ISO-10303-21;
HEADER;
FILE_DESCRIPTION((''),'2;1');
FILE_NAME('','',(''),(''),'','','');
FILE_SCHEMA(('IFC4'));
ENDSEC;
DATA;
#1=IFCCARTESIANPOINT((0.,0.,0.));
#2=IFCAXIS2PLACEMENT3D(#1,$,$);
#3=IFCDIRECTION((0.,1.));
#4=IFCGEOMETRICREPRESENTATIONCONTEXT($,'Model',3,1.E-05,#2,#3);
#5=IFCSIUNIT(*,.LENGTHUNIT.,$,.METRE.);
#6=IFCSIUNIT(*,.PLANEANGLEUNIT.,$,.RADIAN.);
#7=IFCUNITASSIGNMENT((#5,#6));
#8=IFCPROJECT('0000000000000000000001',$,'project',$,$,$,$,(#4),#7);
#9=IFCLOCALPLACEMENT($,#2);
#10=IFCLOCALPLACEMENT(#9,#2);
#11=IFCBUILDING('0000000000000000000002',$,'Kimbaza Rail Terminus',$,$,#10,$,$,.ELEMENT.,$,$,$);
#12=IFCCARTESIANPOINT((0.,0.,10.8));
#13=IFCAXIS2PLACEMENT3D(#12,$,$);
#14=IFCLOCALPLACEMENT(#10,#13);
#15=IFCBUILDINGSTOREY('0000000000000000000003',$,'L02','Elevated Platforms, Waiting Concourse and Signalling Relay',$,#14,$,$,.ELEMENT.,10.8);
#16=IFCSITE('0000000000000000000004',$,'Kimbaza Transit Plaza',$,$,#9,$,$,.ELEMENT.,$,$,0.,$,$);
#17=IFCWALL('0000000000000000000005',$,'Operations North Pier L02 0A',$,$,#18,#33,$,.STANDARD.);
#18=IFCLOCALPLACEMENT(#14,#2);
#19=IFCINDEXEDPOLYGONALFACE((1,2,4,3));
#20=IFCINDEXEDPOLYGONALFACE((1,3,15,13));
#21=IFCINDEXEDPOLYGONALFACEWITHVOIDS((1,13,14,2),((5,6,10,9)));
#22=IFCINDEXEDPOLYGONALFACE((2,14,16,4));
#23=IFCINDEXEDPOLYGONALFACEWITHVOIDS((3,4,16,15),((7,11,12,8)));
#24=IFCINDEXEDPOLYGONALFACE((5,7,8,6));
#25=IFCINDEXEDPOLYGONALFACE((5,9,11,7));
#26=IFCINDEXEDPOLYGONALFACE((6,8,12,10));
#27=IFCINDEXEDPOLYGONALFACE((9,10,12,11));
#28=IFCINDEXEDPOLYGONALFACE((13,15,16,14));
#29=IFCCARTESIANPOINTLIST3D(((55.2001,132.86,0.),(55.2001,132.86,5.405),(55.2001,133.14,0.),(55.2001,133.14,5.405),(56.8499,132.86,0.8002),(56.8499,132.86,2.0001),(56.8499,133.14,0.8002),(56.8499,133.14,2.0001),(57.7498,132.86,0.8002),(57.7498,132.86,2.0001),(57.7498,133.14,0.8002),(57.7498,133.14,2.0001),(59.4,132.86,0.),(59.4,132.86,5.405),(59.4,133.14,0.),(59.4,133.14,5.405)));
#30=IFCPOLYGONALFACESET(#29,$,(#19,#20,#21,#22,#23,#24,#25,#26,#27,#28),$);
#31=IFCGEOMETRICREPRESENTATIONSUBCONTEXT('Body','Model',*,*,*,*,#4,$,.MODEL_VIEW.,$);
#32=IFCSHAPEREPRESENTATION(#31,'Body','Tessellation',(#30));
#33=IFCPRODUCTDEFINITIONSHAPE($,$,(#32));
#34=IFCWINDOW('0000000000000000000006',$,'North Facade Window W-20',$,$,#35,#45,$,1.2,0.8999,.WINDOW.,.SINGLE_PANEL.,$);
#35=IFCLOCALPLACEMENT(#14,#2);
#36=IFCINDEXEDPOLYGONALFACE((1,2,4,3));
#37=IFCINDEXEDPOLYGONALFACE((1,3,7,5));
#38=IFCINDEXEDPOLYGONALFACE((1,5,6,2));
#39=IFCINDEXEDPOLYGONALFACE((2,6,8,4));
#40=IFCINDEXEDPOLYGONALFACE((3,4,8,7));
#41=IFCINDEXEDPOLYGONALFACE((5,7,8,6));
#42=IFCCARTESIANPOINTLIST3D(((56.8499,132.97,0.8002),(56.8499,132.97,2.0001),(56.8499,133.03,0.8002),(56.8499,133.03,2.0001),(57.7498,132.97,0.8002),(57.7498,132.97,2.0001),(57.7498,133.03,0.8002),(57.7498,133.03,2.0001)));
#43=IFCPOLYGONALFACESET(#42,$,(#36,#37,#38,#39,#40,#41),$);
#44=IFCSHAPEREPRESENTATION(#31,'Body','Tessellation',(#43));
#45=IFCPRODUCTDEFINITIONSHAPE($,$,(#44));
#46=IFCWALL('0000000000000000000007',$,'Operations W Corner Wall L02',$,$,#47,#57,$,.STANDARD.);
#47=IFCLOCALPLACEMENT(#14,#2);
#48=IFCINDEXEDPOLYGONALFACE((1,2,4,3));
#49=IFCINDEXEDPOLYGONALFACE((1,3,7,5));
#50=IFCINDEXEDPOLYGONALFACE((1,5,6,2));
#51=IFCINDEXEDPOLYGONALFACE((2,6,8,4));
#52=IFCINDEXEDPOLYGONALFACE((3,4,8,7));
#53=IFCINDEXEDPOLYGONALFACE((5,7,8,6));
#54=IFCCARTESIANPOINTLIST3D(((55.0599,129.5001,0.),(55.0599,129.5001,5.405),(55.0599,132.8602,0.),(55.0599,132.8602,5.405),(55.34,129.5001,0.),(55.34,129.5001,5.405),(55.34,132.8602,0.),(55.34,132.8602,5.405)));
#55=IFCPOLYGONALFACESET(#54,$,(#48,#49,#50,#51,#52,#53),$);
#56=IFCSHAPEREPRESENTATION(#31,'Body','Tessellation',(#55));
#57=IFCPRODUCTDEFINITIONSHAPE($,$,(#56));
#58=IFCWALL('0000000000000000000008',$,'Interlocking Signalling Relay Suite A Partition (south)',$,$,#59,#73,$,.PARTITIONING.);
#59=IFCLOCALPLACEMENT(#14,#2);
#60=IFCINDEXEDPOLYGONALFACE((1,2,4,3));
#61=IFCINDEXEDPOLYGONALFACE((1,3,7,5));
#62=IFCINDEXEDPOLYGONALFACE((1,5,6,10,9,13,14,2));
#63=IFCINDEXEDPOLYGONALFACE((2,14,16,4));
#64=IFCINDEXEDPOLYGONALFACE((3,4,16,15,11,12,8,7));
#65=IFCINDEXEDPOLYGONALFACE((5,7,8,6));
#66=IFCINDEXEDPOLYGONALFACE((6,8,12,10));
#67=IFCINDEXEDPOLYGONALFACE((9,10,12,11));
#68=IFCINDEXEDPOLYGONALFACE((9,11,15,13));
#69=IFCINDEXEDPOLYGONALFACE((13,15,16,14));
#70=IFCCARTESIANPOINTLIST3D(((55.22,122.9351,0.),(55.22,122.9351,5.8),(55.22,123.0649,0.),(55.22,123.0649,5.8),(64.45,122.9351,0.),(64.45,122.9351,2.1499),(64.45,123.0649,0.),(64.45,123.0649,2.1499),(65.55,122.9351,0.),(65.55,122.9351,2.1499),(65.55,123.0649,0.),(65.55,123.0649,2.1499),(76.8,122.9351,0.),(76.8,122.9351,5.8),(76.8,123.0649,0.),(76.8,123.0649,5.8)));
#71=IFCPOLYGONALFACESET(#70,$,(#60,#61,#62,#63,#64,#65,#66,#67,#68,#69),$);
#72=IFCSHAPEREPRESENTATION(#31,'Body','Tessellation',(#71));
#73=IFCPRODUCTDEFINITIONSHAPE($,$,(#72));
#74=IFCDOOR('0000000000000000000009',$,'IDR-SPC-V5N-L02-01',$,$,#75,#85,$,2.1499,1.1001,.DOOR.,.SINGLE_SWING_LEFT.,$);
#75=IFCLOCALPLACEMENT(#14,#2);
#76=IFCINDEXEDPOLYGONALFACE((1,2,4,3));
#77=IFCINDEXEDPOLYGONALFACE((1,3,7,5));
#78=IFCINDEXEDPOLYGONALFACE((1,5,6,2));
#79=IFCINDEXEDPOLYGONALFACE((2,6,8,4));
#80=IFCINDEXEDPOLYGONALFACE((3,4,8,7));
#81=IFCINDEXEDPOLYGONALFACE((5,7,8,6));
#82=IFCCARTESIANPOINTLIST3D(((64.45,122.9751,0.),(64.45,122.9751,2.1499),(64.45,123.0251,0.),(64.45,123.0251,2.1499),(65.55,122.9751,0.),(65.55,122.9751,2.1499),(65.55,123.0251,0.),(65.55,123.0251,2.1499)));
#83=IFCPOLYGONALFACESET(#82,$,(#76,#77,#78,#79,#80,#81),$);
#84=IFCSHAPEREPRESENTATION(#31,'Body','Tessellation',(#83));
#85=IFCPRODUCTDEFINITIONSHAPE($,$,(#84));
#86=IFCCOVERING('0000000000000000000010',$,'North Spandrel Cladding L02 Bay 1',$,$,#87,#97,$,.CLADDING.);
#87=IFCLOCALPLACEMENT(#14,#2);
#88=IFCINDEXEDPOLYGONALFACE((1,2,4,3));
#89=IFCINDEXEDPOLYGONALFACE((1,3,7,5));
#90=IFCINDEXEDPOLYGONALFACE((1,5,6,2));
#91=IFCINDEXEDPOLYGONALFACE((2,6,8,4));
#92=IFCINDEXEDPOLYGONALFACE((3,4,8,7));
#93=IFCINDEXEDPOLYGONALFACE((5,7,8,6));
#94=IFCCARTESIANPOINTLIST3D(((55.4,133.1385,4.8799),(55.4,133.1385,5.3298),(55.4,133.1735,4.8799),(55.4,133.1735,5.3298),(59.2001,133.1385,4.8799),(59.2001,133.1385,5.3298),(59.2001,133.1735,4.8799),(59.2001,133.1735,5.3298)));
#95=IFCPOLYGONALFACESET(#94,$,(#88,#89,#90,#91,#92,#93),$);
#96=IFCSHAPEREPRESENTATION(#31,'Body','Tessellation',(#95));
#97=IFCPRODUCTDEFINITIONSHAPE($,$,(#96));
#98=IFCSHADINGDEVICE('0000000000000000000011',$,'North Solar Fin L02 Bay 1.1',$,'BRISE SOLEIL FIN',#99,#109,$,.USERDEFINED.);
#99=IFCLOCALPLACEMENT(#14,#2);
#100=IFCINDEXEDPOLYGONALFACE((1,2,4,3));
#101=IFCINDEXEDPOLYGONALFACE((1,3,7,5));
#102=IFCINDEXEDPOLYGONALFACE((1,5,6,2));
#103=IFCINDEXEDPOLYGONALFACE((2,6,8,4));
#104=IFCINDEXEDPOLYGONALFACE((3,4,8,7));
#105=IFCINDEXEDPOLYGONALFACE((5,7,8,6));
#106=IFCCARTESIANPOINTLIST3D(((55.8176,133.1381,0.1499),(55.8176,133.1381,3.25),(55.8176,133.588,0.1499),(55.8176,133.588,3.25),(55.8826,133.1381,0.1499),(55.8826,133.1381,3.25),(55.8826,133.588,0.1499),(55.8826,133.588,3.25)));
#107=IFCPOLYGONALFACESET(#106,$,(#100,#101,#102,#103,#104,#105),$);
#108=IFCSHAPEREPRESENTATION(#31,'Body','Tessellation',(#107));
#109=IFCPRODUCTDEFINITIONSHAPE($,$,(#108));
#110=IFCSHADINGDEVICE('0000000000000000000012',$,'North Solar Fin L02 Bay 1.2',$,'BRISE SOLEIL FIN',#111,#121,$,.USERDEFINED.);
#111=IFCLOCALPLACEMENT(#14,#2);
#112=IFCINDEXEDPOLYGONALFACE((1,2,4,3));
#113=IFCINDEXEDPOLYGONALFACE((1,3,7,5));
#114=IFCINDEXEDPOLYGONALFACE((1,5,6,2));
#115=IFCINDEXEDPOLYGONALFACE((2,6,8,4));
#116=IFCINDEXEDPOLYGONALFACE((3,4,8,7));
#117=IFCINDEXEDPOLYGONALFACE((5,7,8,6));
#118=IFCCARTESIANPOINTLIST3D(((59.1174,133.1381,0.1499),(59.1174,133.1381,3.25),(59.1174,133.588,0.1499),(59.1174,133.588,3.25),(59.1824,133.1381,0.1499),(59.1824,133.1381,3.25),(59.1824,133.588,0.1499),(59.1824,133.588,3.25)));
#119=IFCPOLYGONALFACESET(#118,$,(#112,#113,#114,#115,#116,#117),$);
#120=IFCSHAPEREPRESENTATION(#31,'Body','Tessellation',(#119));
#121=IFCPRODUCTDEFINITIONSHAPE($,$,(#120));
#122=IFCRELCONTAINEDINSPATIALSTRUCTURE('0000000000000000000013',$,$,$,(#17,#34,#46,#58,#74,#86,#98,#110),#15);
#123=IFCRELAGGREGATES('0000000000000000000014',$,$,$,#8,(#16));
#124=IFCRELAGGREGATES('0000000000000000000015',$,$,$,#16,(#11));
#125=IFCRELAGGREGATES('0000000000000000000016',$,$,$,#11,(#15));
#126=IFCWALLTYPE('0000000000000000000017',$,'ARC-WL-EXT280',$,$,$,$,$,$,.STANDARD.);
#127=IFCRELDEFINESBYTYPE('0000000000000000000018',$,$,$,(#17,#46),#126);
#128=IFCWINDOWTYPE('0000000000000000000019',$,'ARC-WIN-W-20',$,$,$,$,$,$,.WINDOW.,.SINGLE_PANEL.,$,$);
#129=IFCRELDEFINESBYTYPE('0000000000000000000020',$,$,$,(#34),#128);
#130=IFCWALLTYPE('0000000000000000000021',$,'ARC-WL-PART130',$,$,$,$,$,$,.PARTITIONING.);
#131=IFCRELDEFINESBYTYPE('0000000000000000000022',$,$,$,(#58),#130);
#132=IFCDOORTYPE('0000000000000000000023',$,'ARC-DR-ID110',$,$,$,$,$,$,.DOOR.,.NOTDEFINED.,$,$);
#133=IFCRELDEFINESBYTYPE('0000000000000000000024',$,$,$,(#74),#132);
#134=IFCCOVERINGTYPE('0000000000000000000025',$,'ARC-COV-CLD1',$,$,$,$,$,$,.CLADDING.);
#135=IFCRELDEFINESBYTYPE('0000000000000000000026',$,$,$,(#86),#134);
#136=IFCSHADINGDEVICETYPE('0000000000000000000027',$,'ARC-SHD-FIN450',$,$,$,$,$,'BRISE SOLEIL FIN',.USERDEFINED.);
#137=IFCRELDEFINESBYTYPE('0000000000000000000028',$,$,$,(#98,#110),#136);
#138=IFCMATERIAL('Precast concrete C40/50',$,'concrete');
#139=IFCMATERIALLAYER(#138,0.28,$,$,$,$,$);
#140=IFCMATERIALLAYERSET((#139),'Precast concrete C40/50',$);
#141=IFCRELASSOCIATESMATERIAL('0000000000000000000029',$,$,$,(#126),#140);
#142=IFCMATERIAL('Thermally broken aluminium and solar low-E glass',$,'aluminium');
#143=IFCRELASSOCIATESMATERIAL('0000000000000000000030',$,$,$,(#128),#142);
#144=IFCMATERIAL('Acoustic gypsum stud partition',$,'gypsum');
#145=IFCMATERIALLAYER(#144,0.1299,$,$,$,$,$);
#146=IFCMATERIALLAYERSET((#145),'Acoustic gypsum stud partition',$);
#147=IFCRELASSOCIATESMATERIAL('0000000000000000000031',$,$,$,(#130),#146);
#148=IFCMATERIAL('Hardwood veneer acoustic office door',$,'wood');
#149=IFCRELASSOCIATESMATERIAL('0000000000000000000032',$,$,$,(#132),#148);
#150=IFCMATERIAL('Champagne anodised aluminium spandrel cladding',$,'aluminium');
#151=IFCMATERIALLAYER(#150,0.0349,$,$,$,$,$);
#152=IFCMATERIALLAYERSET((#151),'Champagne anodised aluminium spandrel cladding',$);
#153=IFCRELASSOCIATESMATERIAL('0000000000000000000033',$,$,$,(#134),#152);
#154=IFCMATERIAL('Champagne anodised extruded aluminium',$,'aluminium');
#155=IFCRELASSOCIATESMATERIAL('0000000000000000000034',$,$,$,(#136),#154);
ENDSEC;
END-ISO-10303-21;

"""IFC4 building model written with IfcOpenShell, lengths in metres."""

from ifc_helpers import new_model, si_unit, direction, frame, frame_2d, origin, origin_2d, place, context, subcontext, project, spatial, rectangle, extrude, material, layer, layer_set, type_object, element, fill, save


model = new_model("IFC4")

# Units and contexts
model_context = context("Model", 3, precision=1e-05, world=origin(), true_north=direction((0.0, 1.0)))
body_context = subcontext(model_context, "Body", "Model", "MODEL_VIEW")
ifc_project = project(units=[si_unit("LENGTHUNIT", "METRE"), si_unit("PLANEANGLEUNIT", "RADIAN")], contexts=[model_context])

# Site, building, storey
site_placement = place(None, origin())
site = spatial("IfcSite", under=ifc_project, at=site_placement, Name="Kimbaza Transit Plaza", CompositionType="ELEMENT", RefElevation=0.0)
building_placement = place(site_placement, origin())
building = spatial("IfcBuilding", under=site, at=building_placement, Name="Kimbaza Rail Terminus", CompositionType="ELEMENT")
storey_placement = place(building_placement, frame((0.0, 0.0, 10.8)))
storey = spatial("IfcBuildingStorey", under=building, at=storey_placement, Name="L02", Description="Elevated Platforms, Waiting Concourse and Signalling Relay", CompositionType="ELEMENT", Elevation=10.8)

# Wall, opening, window
ifc_material_1 = material(Name="Precast concrete C40/50", Category="concrete")
ifc_layer_1 = layer(ifc_material_1, 0.28)
ifc_layer_set_1 = layer_set([ifc_layer_1], Name="Precast concrete C40/50")
wall_type_1 = type_object("IfcWallType", Name="ARC-WL-EXT280", PredefinedType="STANDARD", material=ifc_layer_set_1)
wall_1_placement = place(storey_placement, frame((55.2, 133.0, 0.0), z_axis=(0.0, 0.0, 1.0), x_axis=(1.0, 0.0, 0.0)))
wall_1 = element("IfcWall", 1, at=wall_1_placement, inside=storey, type_object=wall_type_1, Name="Operations North Pier L02 0A", PredefinedType="STANDARD", context=body_context, shape_type="SweptSolid", body=[
    extrude(rectangle(XDim=4.2, YDim=0.28, at=frame_2d((2.1001, 0.0))), origin(), (0.0, 0.0, 1.0), 5.405),
])
opening_1_placement = place(wall_1_placement, frame((1.6499, 0.0, 0.8)))
opening_1 = element("IfcOpeningElement", 2, at=opening_1_placement, cuts=wall_1, PredefinedType="OPENING", context=body_context, shape_type="SweptSolid", body=[
    extrude(rectangle(XDim=0.8999, YDim=1.2, at=frame_2d((0.45, 0.6001))), frame((0.0, 0.1499, 0.0), z_axis=(0.0, -1.0, 0.0), x_axis=(1.0, 0.0, 0.0)), (0.0, 0.0, 1.0), 0.3),
])
ifc_material_2 = material(Name="Thermally broken aluminium and solar low-E glass", Category="aluminium")
window_type = type_object("IfcWindowType", Name="ARC-WIN-W-20", PartitioningType="SINGLE_PANEL", PredefinedType="WINDOW", material=ifc_material_2)
window_placement = place(opening_1_placement, origin())
window = element("IfcWindow", 3, at=window_placement, inside=storey, type_object=window_type, Name="North Facade Window W-20", OverallHeight=1.2, OverallWidth=0.8999, PartitioningType="SINGLE_PANEL", PredefinedType="WINDOW", context=body_context, shape_type="SweptSolid", body=[
    extrude(rectangle(XDim=0.8999, YDim=1.2, at=frame_2d((0.45, 0.6001))), frame((0.0, 0.03, 0.0), z_axis=(0.0, -1.0, 0.0), x_axis=(1.0, 0.0, 0.0)), (0.0, 0.0, 1.0), 0.0601),
])
fill(opening_1, window)

# Wall
wall_2_placement = place(storey_placement, frame((55.2, 129.5, 0.0), z_axis=(0.0, 0.0, 1.0), x_axis=(0.0, 1.0, 0.0)))
element("IfcWall", 4, at=wall_2_placement, inside=storey, type_object=wall_type_1, Name="Operations W Corner Wall L02", PredefinedType="STANDARD", context=body_context, shape_type="SweptSolid", body=[
    extrude(rectangle(XDim=3.3601, YDim=0.28, at=frame_2d((1.6802, 0.0))), origin(), (0.0, 0.0, 1.0), 5.405),
])

# Wall, opening, door
ifc_material_3 = material(Name="Acoustic gypsum stud partition", Category="gypsum")
ifc_layer_2 = layer(ifc_material_3, 0.1299)
ifc_layer_set_2 = layer_set([ifc_layer_2], Name="Acoustic gypsum stud partition")
wall_type_2 = type_object("IfcWallType", Name="ARC-WL-PART130", PredefinedType="PARTITIONING", material=ifc_layer_set_2)
wall_3_placement = place(storey_placement, frame((55.22, 123.0, 0.0), z_axis=(0.0, 0.0, 1.0), x_axis=(1.0, 0.0, 0.0)))
wall_3 = element("IfcWall", 5, at=wall_3_placement, inside=storey, type_object=wall_type_2, Name="Interlocking Signalling Relay Suite A Partition (south)", PredefinedType="PARTITIONING", context=body_context, shape_type="SweptSolid", body=[
    extrude(rectangle(XDim=21.5801, YDim=0.1299, at=frame_2d((10.79, 0.0))), origin(), (0.0, 0.0, 1.0), 5.8),
])
opening_2_placement = place(wall_3_placement, frame((10.3301, 0.0, 0.0), z_axis=(0.0, 0.0, 1.0), x_axis=(-1.0, 0.0, 0.0)))
opening_2 = element("IfcOpeningElement", 6, at=opening_2_placement, cuts=wall_3, PredefinedType="OPENING", context=body_context, shape_type="SweptSolid", body=[
    extrude(rectangle(XDim=1.1001, YDim=2.1499, at=frame_2d((0.55, 1.075))), frame((0.0, 0.075, 0.0), z_axis=(0.0, -1.0, 0.0), x_axis=(1.0, 0.0, 0.0)), (0.0, 0.0, 1.0), 0.1499),
])
ifc_material_4 = material(Name="Hardwood veneer acoustic office door", Category="wood")
door_type = type_object("IfcDoorType", Name="ARC-DR-ID110", OperationType="NOTDEFINED", PredefinedType="DOOR", material=ifc_material_4)
door_placement = place(opening_2_placement, origin())
door = element("IfcDoor", 7, at=door_placement, inside=storey, type_object=door_type, Name="IDR-SPC-V5N-L02-01", OperationType="SINGLE_SWING_LEFT", OverallHeight=2.1499, OverallWidth=1.1001, PredefinedType="DOOR", context=body_context, shape_type="SweptSolid", body=[
    extrude(rectangle(XDim=1.1001, YDim=2.1499, at=frame_2d((0.55, 1.075))), frame((0.0, 0.0249, 0.0), z_axis=(0.0, -1.0, 0.0), x_axis=(1.0, 0.0, 0.0)), (0.0, 0.0, 1.0), 0.05),
])
fill(opening_2, door)

# Covering
ifc_material_5 = material(Name="Champagne anodised aluminium spandrel cladding", Category="aluminium")
ifc_layer_3 = layer(ifc_material_5, 0.0349)
ifc_layer_set_3 = layer_set([ifc_layer_3], Name="Champagne anodised aluminium spandrel cladding")
covering_type = type_object("IfcCoveringType", Name="ARC-COV-CLD1", PredefinedType="CLADDING", material=ifc_layer_set_3)
covering_placement = place(storey_placement, frame((57.3, 133.156, 4.8799), z_axis=(0.0, 0.0, 1.0), x_axis=(1.0, 0.0, 0.0)))
element("IfcCovering", 8, at=covering_placement, inside=storey, type_object=covering_type, Name="North Spandrel Cladding L02 Bay 1", PredefinedType="CLADDING", context=body_context, shape_type="SweptSolid", body=[
    extrude(rectangle(XDim=3.8, YDim=0.0349, at=origin_2d()), origin(), (0.0, 0.0, 1.0), 0.45),
])

# Shading devices
ifc_material_6 = material(Name="Champagne anodised extruded aluminium", Category="aluminium")
shading_device_type = type_object("IfcShadingDeviceType", Name="ARC-SHD-FIN450", ElementType="BRISE SOLEIL FIN", PredefinedType="USERDEFINED", material=ifc_material_6)
for number, where, z_axis, x_axis, name in (
    (9, (55.8501, 133.363, 0.1499), (0.0, 0.0, 1.0), (1.0, 0.0, 0.0), "North Solar Fin L02 Bay 1.1"),
    (10, (59.1499, 133.363, 0.1499), (0.0, 0.0, 1.0), (1.0, 0.0, 0.0), "North Solar Fin L02 Bay 1.2"),
):
    element("IfcShadingDevice", number, at=place(storey_placement, frame(where, z_axis=z_axis, x_axis=x_axis)), inside=storey, type_object=shading_device_type, Name=name, ObjectType="BRISE SOLEIL FIN", PredefinedType="USERDEFINED", context=body_context, shape_type="SweptSolid", body=[
        extrude(rectangle(XDim=0.0649, YDim=0.45, at=origin_2d()), origin(), (0.0, 0.0, 1.0), 3.1001),
    ])

save(model, "model.ifc")
